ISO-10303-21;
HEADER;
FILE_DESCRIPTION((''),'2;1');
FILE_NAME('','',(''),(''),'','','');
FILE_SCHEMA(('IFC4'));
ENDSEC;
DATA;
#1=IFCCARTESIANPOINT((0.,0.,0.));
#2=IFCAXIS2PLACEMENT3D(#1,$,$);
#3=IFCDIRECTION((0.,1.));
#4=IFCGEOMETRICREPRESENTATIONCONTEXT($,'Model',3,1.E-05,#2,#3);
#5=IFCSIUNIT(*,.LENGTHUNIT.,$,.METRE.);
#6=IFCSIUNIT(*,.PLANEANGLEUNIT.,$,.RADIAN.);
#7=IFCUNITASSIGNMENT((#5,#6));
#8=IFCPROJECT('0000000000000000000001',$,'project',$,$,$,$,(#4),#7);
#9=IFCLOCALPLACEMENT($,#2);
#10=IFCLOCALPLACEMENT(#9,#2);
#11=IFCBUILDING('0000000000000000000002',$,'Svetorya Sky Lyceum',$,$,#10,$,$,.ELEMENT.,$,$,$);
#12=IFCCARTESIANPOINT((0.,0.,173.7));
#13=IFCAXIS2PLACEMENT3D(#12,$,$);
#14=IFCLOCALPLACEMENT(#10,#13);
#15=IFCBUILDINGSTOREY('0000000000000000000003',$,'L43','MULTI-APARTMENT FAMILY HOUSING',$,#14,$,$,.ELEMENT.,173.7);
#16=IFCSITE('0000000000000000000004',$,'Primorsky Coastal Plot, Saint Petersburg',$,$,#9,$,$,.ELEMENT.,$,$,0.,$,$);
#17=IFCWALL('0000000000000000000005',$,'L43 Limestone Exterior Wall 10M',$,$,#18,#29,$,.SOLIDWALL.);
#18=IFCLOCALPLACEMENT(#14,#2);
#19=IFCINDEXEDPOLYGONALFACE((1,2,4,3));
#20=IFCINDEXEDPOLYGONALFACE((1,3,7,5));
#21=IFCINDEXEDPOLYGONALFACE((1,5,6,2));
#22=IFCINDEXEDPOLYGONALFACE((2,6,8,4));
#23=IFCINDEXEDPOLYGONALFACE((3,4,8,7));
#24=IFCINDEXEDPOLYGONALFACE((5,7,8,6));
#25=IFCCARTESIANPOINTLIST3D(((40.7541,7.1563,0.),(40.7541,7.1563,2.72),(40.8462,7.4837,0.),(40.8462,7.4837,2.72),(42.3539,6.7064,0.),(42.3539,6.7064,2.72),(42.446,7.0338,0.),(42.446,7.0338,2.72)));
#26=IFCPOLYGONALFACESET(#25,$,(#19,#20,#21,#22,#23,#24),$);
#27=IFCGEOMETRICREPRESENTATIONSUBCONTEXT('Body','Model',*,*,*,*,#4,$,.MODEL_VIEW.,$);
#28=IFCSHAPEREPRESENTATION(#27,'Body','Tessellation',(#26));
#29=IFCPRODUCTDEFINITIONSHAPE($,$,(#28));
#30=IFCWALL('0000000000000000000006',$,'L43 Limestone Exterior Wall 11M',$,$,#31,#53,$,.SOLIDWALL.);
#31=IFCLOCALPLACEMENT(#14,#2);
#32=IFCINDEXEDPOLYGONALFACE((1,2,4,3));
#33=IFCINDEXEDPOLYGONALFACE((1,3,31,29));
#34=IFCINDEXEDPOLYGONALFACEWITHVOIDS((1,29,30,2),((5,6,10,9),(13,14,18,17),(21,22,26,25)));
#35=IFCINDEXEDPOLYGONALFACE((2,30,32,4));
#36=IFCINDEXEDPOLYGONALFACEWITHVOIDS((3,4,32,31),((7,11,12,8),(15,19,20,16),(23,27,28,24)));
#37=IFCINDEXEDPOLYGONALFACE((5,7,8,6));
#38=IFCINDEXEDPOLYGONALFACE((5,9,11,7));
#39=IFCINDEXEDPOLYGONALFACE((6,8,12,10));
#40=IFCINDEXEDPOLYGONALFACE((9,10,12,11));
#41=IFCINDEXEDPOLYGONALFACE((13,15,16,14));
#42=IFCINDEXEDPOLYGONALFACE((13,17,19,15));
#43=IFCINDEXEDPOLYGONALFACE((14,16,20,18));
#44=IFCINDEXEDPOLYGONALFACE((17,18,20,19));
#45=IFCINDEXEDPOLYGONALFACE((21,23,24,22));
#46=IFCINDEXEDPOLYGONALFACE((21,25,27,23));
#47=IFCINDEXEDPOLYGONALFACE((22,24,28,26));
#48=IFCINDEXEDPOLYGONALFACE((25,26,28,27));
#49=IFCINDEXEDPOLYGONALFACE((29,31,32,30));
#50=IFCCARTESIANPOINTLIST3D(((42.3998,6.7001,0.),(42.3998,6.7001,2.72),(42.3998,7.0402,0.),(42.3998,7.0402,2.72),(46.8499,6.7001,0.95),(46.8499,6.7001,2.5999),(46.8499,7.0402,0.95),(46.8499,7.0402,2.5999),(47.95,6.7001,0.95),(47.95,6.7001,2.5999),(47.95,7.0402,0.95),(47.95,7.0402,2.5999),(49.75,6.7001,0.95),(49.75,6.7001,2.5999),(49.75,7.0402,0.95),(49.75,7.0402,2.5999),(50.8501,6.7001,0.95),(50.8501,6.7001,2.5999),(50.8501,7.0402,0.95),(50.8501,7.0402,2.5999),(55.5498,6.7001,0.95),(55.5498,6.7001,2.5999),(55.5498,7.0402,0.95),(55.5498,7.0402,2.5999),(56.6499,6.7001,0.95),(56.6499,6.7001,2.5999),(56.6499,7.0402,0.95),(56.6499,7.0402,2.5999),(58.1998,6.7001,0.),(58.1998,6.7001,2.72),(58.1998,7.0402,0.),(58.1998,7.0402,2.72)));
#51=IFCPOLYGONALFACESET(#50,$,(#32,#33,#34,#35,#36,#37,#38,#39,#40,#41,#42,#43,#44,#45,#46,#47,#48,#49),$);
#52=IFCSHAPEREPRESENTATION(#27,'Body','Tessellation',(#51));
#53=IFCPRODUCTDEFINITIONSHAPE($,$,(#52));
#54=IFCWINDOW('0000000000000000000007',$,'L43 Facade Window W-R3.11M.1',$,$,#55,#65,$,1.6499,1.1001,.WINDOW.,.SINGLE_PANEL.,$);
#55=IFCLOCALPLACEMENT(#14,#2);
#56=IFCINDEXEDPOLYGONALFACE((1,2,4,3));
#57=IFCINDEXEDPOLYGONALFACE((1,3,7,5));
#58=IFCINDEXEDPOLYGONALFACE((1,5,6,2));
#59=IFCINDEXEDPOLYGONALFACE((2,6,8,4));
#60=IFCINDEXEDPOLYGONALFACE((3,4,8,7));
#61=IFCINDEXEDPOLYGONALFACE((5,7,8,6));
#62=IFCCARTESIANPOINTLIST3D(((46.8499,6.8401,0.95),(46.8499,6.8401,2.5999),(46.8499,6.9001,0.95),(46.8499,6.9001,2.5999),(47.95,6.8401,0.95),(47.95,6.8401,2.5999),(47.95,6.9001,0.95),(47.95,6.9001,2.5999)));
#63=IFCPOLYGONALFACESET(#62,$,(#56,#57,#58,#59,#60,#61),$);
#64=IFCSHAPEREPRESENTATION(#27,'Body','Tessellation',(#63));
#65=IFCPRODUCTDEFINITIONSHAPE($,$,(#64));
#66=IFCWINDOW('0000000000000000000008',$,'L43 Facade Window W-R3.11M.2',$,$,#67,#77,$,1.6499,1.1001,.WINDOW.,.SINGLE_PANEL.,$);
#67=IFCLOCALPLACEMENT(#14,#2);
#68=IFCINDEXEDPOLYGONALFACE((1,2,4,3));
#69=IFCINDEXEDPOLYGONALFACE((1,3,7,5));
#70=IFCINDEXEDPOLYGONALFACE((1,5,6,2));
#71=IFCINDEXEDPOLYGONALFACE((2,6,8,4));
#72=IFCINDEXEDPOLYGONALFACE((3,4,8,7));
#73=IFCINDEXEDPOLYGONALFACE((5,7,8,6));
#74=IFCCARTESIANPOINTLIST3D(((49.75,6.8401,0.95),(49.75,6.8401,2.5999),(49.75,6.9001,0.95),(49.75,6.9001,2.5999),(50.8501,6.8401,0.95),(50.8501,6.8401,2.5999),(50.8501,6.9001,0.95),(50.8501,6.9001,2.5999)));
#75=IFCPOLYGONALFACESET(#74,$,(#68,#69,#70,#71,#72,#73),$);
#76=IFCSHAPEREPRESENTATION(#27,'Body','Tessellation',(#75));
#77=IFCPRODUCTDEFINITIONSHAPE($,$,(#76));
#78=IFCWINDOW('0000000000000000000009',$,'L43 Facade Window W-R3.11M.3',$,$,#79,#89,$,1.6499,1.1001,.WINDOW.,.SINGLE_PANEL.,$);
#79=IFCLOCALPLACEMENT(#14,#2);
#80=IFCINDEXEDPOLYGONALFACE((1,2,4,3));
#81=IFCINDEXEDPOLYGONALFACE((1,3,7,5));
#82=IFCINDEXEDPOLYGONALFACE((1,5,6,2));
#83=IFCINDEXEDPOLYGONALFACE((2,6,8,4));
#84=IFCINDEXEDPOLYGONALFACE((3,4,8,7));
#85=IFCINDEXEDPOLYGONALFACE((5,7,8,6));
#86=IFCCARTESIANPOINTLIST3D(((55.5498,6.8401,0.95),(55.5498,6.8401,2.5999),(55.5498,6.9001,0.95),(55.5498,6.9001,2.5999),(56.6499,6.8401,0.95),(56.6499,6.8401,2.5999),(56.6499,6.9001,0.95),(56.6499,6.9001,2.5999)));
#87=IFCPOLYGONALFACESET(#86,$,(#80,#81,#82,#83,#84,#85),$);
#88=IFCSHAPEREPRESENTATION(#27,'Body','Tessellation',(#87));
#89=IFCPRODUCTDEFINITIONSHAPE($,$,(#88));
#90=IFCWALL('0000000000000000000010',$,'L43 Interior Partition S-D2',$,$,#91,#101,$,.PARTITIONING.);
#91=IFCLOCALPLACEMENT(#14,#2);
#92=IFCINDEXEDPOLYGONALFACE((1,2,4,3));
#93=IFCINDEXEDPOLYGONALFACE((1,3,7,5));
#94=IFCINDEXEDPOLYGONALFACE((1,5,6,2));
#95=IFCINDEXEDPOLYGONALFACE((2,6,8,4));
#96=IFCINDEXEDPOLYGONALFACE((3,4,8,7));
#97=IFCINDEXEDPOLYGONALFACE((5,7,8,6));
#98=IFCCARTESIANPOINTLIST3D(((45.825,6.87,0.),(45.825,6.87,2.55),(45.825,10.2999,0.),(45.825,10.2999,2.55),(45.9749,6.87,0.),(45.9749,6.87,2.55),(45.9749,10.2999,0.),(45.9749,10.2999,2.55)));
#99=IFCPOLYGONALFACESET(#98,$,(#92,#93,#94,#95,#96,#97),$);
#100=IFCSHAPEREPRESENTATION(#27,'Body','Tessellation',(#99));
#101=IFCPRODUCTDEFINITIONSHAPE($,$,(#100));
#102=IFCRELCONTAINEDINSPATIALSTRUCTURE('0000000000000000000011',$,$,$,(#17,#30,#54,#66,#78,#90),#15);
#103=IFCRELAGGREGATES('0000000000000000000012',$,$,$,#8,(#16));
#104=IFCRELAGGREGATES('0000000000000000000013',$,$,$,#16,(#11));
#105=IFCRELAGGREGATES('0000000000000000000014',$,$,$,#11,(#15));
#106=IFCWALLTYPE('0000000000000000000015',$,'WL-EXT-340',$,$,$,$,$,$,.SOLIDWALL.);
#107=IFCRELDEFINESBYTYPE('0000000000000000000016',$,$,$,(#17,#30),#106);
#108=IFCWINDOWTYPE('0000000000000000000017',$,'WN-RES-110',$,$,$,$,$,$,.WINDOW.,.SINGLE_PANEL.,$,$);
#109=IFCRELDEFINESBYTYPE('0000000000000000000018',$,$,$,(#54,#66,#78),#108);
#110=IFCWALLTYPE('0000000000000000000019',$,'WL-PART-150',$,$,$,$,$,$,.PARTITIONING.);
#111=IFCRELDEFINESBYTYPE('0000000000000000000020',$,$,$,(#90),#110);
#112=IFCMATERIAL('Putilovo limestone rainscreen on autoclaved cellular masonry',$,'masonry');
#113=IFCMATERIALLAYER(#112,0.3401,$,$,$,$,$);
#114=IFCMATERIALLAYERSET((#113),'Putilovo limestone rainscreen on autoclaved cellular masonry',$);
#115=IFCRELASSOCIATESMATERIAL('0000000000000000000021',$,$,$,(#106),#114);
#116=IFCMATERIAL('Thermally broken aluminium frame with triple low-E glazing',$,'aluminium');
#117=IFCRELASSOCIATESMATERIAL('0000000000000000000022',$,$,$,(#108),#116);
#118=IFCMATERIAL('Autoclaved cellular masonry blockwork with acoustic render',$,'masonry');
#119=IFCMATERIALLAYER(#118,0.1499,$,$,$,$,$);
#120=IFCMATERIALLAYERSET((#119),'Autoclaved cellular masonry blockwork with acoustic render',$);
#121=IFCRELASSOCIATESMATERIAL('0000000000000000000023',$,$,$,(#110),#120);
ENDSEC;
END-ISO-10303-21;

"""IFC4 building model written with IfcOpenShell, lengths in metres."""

from ifc_helpers import new_model, si_unit, direction, frame, frame_2d, origin, place, context, subcontext, project, spatial, rectangle, extrude, material, layer, layer_set, type_object, element, fill, save


model = new_model("IFC4")

# Units and contexts
model_context = context("Model", 3, precision=1e-05, world=origin(), true_north=direction((0.0, 1.0)))
body_context = subcontext(model_context, "Body", "Model", "MODEL_VIEW")
ifc_project = project(units=[si_unit("LENGTHUNIT", "METRE"), si_unit("PLANEANGLEUNIT", "RADIAN")], contexts=[model_context])

# Site, building, storey
site_placement = place(None, origin())
site = spatial("IfcSite", under=ifc_project, at=site_placement, Name="Primorsky Coastal Plot, Saint Petersburg", CompositionType="ELEMENT", RefElevation=0.0)
building_placement = place(site_placement, origin())
building = spatial("IfcBuilding", under=site, at=building_placement, Name="Svetorya Sky Lyceum", CompositionType="ELEMENT")
storey_placement = place(building_placement, frame((0.0, 0.0, 173.7)))
storey = spatial("IfcBuildingStorey", under=building, at=storey_placement, Name="L43", Description="MULTI-APARTMENT FAMILY HOUSING", CompositionType="ELEMENT", Elevation=173.7)

# Wall
ifc_material_1 = material(Name="Putilovo limestone rainscreen on autoclaved cellular masonry", Category="masonry")
ifc_layer_1 = layer(ifc_material_1, 0.3401)
ifc_layer_set_1 = layer_set([ifc_layer_1], Name="Putilovo limestone rainscreen on autoclaved cellular masonry")
wall_type_1 = type_object("IfcWallType", Name="WL-EXT-340", PredefinedType="SOLIDWALL", material=ifc_layer_set_1)
wall_1_placement = place(storey_placement, frame((40.8, 7.3201, 0.0), z_axis=(0.0, 0.0, 1.0), x_axis=(0.962652, -0.270741, 0.0)))
element("IfcWall", 1, at=wall_1_placement, inside=storey, type_object=wall_type_1, Name="L43 Limestone Exterior Wall 10M", PredefinedType="SOLIDWALL", context=body_context, shape_type="SweptSolid", body=[
    extrude(rectangle(XDim=1.6619, YDim=0.3401, at=frame_2d((0.8311, 0.0))), origin(), (0.0, 0.0, 1.0), 2.72),
])

# Wall, openings, windows
wall_2_placement = place(storey_placement, frame((42.3999, 6.8701, 0.0), z_axis=(0.0, 0.0, 1.0), x_axis=(1.0, 0.0, 0.0)))
wall_2 = element("IfcWall", 2, at=wall_2_placement, inside=storey, type_object=wall_type_1, Name="L43 Limestone Exterior Wall 11M", PredefinedType="SOLIDWALL", context=body_context, shape_type="SweptSolid", body=[
    extrude(rectangle(XDim=15.8, YDim=0.3401, at=frame_2d((7.8999, 0.0))), origin(), (0.0, 0.0, 1.0), 2.72),
])
opening_1_placement = place(wall_2_placement, frame((4.45, 0.0, 0.95)))
opening_1 = element("IfcOpeningElement", 3, at=opening_1_placement, cuts=wall_2, PredefinedType="OPENING", context=body_context, shape_type="SweptSolid", body=[
    extrude(rectangle(XDim=1.1001, YDim=1.6499, at=frame_2d((0.55, 0.825))), frame((0.0, 0.1799, 0.0), z_axis=(0.0, -1.0, 0.0), x_axis=(1.0, 0.0, 0.0)), (0.0, 0.0, 1.0), 0.3601),
])
opening_2_placement = place(wall_2_placement, frame((7.3501, 0.0, 0.95)))
opening_2 = element("IfcOpeningElement", 4, at=opening_2_placement, cuts=wall_2, PredefinedType="OPENING", context=body_context, shape_type="SweptSolid", body=[
    extrude(rectangle(XDim=1.1001, YDim=1.6499, at=frame_2d((0.55, 0.825))), frame((0.0, 0.1799, 0.0), z_axis=(0.0, -1.0, 0.0), x_axis=(1.0, 0.0, 0.0)), (0.0, 0.0, 1.0), 0.3601),
])
opening_3_placement = place(wall_2_placement, frame((13.1499, 0.0, 0.95)))
opening_3 = element("IfcOpeningElement", 5, at=opening_3_placement, cuts=wall_2, PredefinedType="OPENING", context=body_context, shape_type="SweptSolid", body=[
    extrude(rectangle(XDim=1.1001, YDim=1.6499, at=frame_2d((0.55, 0.825))), frame((0.0, 0.1799, 0.0), z_axis=(0.0, -1.0, 0.0), x_axis=(1.0, 0.0, 0.0)), (0.0, 0.0, 1.0), 0.3601),
])
ifc_material_2 = material(Name="Thermally broken aluminium frame with triple low-E glazing", Category="aluminium")
window_type = type_object("IfcWindowType", Name="WN-RES-110", PartitioningType="SINGLE_PANEL", PredefinedType="WINDOW", material=ifc_material_2)
window_1_placement = place(opening_1_placement, origin())
window_1 = element("IfcWindow", 6, at=window_1_placement, inside=storey, type_object=window_type, Name="L43 Facade Window W-R3.11M.1", OverallHeight=1.6499, OverallWidth=1.1001, PartitioningType="SINGLE_PANEL", PredefinedType="WINDOW", context=body_context, shape_type="SweptSolid", body=[
    extrude(rectangle(XDim=1.1001, YDim=1.6499, at=frame_2d((0.55, 0.825))), frame((0.0, 0.03, 0.0), z_axis=(0.0, -1.0, 0.0), x_axis=(1.0, 0.0, 0.0)), (0.0, 0.0, 1.0), 0.0601),
])
fill(opening_1, window_1)
window_2_placement = place(opening_2_placement, origin())
window_2 = element("IfcWindow", 7, at=window_2_placement, inside=storey, type_object=window_type, Name="L43 Facade Window W-R3.11M.2", OverallHeight=1.6499, OverallWidth=1.1001, PartitioningType="SINGLE_PANEL", PredefinedType="WINDOW", context=body_context, shape_type="SweptSolid", body=[
    extrude(rectangle(XDim=1.1001, YDim=1.6499, at=frame_2d((0.55, 0.825))), frame((0.0, 0.03, 0.0), z_axis=(0.0, -1.0, 0.0), x_axis=(1.0, 0.0, 0.0)), (0.0, 0.0, 1.0), 0.0601),
])
fill(opening_2, window_2)
window_3_placement = place(opening_3_placement, origin())
window_3 = element("IfcWindow", 8, at=window_3_placement, inside=storey, type_object=window_type, Name="L43 Facade Window W-R3.11M.3", OverallHeight=1.6499, OverallWidth=1.1001, PartitioningType="SINGLE_PANEL", PredefinedType="WINDOW", context=body_context, shape_type="SweptSolid", body=[
    extrude(rectangle(XDim=1.1001, YDim=1.6499, at=frame_2d((0.55, 0.825))), frame((0.0, 0.03, 0.0), z_axis=(0.0, -1.0, 0.0), x_axis=(1.0, 0.0, 0.0)), (0.0, 0.0, 1.0), 0.0601),
])
fill(opening_3, window_3)

# Wall
ifc_material_3 = material(Name="Autoclaved cellular masonry blockwork with acoustic render", Category="masonry")
ifc_layer_2 = layer(ifc_material_3, 0.1499)
ifc_layer_set_2 = layer_set([ifc_layer_2], Name="Autoclaved cellular masonry blockwork with acoustic render")
wall_type_2 = type_object("IfcWallType", Name="WL-PART-150", PredefinedType="PARTITIONING", material=ifc_layer_set_2)
wall_3_placement = place(storey_placement, frame((45.8999, 6.8701, 0.0), z_axis=(0.0, 0.0, 1.0), x_axis=(0.0, 1.0, 0.0)))
element("IfcWall", 9, at=wall_3_placement, inside=storey, type_object=wall_type_2, Name="L43 Interior Partition S-D2", PredefinedType="PARTITIONING", context=body_context, shape_type="SweptSolid", body=[
    extrude(rectangle(XDim=3.4299, YDim=0.1499, at=frame_2d((1.7148, 0.0))), origin(), (0.0, 0.0, 1.0), 2.55),
])

save(model, "model.ifc")
